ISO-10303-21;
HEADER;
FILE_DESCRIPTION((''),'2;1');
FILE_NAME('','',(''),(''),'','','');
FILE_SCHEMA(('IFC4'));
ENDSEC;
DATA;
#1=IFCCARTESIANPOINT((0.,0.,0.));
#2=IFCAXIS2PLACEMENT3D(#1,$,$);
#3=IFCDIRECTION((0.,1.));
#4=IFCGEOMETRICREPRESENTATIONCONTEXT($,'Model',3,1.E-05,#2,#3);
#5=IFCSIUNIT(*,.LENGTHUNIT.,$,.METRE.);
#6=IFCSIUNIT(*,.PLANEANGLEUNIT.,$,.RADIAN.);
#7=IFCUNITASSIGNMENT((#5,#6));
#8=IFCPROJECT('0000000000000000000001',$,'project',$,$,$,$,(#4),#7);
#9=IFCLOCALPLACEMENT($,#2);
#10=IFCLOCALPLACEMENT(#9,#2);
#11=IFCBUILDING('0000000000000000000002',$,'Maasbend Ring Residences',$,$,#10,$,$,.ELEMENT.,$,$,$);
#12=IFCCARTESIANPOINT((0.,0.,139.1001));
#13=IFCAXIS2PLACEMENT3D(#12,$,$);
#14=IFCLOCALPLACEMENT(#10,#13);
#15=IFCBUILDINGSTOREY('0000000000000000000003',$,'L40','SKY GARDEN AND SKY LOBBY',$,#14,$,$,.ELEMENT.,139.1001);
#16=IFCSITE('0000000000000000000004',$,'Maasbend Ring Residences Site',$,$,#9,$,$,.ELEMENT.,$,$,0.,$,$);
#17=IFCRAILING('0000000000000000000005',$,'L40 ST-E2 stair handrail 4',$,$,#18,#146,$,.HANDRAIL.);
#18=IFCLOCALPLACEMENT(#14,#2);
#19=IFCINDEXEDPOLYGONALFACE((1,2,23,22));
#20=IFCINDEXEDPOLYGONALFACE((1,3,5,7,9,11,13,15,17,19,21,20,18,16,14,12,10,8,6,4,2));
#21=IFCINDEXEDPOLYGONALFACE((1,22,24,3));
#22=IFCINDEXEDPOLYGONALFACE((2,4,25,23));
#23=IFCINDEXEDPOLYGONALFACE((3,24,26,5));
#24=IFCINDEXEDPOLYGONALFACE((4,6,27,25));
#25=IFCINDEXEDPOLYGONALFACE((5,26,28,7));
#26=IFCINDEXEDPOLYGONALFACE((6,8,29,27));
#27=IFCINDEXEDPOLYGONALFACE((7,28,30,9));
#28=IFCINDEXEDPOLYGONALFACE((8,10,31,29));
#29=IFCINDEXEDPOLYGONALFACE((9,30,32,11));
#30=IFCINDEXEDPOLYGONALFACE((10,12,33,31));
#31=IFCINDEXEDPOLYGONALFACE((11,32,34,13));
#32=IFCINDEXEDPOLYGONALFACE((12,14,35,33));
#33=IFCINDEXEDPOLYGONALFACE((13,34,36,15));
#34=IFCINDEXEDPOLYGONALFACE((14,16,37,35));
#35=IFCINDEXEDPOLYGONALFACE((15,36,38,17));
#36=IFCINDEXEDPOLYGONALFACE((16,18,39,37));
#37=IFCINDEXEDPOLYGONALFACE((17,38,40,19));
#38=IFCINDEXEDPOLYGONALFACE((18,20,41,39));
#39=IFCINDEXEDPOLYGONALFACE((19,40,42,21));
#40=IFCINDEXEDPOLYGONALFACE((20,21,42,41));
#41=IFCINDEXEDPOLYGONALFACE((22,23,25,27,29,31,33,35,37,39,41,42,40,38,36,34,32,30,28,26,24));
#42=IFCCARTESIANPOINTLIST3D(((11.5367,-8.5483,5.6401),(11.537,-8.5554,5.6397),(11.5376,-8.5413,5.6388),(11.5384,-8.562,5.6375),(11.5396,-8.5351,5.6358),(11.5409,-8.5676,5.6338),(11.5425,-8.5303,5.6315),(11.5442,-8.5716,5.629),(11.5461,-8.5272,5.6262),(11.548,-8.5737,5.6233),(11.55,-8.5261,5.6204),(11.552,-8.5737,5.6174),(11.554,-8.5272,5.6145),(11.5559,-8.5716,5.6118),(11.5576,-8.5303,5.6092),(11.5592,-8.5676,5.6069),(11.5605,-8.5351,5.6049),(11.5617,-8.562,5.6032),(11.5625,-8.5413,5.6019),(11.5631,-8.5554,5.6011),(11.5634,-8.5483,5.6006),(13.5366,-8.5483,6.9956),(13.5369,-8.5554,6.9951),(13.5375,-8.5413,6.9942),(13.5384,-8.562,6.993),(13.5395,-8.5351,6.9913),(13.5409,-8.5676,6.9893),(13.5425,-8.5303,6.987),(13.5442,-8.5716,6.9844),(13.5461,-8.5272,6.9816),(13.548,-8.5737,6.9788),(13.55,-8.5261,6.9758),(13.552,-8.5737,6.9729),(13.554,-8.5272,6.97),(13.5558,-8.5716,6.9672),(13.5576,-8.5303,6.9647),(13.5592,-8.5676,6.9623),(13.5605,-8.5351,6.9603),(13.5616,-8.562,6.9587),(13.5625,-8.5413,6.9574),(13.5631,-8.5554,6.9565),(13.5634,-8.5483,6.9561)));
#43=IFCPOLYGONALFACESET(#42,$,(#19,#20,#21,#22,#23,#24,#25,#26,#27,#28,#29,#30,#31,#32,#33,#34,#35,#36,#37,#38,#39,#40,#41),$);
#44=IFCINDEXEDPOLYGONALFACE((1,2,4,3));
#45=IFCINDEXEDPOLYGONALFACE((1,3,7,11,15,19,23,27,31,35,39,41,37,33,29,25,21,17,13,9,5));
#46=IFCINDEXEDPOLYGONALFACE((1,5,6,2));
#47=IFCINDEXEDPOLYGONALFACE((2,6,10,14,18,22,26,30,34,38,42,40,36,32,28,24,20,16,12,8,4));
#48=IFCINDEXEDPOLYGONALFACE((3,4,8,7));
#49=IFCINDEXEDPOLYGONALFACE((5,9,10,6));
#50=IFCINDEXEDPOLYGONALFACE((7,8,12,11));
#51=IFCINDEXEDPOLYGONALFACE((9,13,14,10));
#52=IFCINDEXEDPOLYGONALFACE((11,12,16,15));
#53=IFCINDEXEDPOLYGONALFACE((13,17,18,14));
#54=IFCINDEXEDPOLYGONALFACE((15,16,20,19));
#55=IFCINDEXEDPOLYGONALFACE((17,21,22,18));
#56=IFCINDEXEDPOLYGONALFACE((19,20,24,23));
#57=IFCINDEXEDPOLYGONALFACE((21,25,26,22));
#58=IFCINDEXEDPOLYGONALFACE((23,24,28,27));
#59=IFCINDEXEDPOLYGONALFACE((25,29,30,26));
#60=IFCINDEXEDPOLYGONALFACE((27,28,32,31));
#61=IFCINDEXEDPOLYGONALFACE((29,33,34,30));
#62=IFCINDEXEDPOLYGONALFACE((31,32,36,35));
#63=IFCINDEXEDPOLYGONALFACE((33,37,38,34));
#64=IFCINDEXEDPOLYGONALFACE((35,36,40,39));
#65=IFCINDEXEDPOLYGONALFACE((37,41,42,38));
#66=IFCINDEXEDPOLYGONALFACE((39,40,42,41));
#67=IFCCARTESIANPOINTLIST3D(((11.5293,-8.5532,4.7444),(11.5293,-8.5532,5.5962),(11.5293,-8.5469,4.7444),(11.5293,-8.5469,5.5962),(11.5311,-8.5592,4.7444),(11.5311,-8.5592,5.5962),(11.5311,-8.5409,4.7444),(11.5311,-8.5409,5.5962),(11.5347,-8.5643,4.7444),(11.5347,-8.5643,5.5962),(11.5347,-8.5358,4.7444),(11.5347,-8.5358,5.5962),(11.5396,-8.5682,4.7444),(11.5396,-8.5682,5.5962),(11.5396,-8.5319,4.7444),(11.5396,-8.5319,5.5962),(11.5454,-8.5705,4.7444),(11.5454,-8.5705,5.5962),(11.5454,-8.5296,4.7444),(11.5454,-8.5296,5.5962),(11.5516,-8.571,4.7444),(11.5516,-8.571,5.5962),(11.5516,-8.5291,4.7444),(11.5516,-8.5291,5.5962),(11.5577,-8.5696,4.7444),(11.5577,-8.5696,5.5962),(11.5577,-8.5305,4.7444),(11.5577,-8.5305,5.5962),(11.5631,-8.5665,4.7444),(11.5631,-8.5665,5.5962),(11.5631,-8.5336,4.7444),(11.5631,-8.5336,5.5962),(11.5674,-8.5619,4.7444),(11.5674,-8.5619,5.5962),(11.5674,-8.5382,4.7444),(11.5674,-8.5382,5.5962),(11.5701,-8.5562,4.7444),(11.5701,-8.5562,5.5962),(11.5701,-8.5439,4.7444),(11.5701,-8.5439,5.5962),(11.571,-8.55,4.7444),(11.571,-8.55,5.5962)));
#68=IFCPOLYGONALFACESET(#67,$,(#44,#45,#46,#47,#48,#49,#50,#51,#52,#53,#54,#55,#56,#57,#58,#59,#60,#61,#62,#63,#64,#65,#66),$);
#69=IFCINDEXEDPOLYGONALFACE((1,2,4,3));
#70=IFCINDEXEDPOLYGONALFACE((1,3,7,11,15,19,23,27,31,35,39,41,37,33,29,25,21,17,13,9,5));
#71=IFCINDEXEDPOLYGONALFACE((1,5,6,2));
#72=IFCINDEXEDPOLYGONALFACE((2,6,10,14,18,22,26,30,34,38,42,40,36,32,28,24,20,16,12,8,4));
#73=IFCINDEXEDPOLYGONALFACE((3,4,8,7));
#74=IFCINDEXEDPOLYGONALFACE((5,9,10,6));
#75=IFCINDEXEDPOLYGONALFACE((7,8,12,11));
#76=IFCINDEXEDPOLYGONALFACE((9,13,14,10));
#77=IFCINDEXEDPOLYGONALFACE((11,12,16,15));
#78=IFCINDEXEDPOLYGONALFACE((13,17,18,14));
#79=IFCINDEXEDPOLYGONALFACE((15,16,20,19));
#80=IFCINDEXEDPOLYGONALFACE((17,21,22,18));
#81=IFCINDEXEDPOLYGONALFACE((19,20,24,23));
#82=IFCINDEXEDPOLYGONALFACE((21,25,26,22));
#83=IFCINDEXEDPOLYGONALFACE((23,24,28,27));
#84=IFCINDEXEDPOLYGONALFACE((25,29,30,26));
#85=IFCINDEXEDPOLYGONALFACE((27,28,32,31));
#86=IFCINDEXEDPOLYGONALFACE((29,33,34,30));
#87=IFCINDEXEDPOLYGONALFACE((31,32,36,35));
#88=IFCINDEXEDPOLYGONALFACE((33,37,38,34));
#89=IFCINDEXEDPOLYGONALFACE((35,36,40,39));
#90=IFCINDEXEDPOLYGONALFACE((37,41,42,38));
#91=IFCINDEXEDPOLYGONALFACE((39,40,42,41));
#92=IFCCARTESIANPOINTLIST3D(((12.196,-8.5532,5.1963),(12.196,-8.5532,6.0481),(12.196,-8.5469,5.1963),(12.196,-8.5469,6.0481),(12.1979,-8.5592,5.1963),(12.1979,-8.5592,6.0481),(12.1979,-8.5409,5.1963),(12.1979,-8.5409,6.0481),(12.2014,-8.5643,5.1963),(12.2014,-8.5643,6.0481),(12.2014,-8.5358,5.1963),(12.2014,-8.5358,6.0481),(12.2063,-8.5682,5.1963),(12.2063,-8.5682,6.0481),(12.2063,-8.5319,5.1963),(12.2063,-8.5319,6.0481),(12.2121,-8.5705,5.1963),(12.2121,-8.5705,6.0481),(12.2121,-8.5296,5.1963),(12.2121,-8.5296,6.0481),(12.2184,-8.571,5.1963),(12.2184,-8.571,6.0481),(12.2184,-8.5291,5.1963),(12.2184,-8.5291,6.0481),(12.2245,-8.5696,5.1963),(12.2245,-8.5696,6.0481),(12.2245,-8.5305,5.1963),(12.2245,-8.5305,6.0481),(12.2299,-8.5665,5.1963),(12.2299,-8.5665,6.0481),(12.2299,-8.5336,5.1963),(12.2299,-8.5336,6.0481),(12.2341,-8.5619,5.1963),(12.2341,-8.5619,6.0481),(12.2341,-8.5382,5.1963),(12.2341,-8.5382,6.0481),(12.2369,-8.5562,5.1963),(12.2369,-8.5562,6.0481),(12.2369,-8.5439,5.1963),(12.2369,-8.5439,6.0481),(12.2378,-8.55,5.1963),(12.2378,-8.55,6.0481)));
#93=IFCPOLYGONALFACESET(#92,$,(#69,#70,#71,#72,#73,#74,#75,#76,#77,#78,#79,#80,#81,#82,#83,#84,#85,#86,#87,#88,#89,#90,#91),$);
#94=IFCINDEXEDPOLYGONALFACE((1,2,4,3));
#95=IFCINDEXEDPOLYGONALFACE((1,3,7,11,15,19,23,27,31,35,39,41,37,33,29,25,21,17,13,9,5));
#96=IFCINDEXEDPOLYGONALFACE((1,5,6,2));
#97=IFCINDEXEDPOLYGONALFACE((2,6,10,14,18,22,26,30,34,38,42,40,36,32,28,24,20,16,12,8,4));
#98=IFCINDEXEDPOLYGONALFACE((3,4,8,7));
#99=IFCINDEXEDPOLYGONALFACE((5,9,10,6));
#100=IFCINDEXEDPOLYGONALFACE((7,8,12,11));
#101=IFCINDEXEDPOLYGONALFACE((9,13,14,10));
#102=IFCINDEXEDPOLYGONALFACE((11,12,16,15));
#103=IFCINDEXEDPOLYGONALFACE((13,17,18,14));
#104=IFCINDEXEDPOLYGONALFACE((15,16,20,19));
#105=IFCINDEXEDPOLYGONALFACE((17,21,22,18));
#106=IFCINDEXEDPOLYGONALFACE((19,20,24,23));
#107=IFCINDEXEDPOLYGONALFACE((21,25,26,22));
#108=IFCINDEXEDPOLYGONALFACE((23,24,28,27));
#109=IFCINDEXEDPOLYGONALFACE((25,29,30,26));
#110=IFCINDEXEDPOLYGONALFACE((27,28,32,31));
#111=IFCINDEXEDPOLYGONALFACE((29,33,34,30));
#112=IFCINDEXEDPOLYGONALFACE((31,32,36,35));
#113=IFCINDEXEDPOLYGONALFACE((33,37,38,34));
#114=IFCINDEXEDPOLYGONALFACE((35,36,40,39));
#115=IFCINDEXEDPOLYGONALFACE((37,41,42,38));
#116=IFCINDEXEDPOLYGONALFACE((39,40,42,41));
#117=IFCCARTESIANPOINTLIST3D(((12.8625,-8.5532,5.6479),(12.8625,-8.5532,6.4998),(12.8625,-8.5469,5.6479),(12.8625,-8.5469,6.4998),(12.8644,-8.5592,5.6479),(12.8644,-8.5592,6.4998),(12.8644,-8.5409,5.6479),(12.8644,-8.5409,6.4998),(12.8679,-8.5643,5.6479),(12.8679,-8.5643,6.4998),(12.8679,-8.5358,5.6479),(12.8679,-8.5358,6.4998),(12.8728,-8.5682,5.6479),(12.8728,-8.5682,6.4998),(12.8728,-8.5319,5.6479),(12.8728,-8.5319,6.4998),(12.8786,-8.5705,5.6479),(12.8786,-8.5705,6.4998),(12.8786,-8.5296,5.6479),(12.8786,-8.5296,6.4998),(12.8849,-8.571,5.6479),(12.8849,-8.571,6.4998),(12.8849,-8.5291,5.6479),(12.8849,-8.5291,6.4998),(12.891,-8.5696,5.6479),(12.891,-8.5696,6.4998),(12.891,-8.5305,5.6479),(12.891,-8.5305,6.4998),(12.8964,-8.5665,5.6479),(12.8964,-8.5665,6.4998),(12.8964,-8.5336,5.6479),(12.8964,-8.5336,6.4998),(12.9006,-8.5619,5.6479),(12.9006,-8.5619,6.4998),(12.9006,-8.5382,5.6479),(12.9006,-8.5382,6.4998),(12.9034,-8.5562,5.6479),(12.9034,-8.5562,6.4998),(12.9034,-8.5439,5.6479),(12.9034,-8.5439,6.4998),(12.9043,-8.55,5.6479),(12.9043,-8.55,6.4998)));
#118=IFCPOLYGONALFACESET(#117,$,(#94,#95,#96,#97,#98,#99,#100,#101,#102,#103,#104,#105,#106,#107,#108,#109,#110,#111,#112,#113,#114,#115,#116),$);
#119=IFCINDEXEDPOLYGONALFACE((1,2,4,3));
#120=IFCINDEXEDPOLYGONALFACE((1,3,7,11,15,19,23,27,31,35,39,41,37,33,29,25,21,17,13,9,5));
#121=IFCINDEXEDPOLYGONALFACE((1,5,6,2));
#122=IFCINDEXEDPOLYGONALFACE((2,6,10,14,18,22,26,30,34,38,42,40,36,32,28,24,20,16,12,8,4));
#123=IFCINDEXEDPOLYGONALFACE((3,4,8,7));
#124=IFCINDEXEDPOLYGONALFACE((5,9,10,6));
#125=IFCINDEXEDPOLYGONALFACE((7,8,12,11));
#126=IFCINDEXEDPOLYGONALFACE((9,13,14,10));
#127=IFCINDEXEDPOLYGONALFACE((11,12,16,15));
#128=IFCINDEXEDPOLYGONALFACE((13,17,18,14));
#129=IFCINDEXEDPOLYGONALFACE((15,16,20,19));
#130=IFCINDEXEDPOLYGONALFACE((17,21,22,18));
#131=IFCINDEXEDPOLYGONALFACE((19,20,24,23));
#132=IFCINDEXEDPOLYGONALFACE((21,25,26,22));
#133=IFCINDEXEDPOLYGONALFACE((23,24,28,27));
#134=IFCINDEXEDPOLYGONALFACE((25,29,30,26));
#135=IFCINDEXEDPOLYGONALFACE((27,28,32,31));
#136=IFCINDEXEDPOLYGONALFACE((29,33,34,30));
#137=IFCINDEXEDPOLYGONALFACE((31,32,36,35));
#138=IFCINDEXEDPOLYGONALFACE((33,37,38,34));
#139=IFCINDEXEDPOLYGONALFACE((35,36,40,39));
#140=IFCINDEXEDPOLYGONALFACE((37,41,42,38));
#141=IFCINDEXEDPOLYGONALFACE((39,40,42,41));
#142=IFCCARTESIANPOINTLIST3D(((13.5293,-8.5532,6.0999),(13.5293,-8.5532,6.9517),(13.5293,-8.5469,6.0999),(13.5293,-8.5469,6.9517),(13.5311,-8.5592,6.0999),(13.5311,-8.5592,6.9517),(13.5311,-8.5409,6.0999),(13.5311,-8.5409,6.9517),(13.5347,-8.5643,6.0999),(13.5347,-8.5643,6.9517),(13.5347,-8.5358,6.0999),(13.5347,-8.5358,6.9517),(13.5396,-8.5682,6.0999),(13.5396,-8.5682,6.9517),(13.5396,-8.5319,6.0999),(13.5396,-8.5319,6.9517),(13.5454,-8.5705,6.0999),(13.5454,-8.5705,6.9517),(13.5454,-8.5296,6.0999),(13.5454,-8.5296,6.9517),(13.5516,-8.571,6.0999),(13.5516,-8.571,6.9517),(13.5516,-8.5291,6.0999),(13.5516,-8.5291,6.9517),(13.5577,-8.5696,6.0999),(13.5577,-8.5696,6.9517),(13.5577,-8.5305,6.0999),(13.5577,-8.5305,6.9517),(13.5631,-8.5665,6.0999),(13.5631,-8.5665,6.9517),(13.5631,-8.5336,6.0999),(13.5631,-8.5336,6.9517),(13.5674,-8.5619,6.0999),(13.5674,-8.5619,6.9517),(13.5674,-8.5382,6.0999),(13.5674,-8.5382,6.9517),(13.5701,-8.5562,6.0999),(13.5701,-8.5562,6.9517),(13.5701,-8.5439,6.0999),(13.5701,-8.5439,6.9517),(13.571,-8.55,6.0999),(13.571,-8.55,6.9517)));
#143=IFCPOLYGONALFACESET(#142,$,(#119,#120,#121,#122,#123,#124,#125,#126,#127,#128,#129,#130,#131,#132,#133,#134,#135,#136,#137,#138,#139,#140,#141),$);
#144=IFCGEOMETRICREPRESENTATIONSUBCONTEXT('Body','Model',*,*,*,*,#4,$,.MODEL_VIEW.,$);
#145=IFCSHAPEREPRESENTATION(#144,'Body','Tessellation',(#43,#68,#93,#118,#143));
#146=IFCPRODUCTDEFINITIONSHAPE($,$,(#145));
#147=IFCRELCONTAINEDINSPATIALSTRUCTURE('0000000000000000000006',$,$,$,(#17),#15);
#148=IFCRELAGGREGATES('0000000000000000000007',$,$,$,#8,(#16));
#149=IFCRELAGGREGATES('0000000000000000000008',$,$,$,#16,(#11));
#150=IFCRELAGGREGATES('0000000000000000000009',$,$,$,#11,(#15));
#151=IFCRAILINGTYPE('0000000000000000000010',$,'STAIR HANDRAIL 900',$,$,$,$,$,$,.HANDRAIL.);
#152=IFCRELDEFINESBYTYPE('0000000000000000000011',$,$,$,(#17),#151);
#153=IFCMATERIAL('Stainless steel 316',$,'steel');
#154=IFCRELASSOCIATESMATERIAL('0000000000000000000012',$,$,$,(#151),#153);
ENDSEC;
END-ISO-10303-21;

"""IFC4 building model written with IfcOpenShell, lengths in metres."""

from ifc_helpers import new_model, si_unit, direction, frame, origin, origin_2d, place, context, subcontext, project, spatial, circle, extrude, material, type_object, element, save


model = new_model("IFC4")

# Units and contexts
model_context = context("Model", 3, precision=1e-05, world=origin(), true_north=direction((0.0, 1.0)))
body_context = subcontext(model_context, "Body", "Model", "MODEL_VIEW")
ifc_project = project(units=[si_unit("LENGTHUNIT", "METRE"), si_unit("PLANEANGLEUNIT", "RADIAN")], contexts=[model_context])

# Site, building, storey
site_placement = place(None, origin())
site = spatial("IfcSite", under=ifc_project, at=site_placement, Name="Maasbend Ring Residences Site", CompositionType="ELEMENT", RefElevation=0.0)
building_placement = place(site_placement, origin())
building = spatial("IfcBuilding", under=site, at=building_placement, Name="Maasbend Ring Residences", CompositionType="ELEMENT")
storey_placement = place(building_placement, frame((0.0, 0.0, 139.1001)))
storey = spatial("IfcBuildingStorey", under=building, at=storey_placement, Name="L40", Description="SKY GARDEN AND SKY LOBBY", CompositionType="ELEMENT", Elevation=139.1001)

# Railing
ifc_material_1 = material(Name="Stainless steel 316", Category="steel")
railing_type = type_object("IfcRailingType", Name="STAIR HANDRAIL 900", PredefinedType="HANDRAIL", material=ifc_material_1)
for number, where, name in (
    (1, (11.55, -8.55, 4.7444), "L40 ST-E2 stair handrail 4"),
):
    element("IfcRailing", number, at=place(storey_placement, frame(where)), inside=storey, type_object=railing_type, Name=name, PredefinedType="HANDRAIL", context=body_context, shape_type="SweptSolid", body=[
        extrude(circle(Radius=0.0239, at=origin_2d()), frame((0.0, 0.0, 0.876), z_axis=(0.827798, 0.0, 0.561027), x_axis=(0.0, 1.0, 0.0)), (0.0, 0.0, 1.0), 2.416),
        extrude(circle(Radius=0.021, at=origin_2d()), origin(), (0.0, 0.0, 1.0), 0.8518),
        extrude(circle(Radius=0.021, at=origin_2d()), frame((0.6667, 0.0, 0.4519)), (0.0, 0.0, 1.0), 0.8518),
        extrude(circle(Radius=0.021, at=origin_2d()), frame((1.3333, 0.0, 0.9036)), (0.0, 0.0, 1.0), 0.8518),
        extrude(circle(Radius=0.021, at=origin_2d()), frame((2.0, 0.0, 1.3555)), (0.0, 0.0, 1.0), 0.8518),
    ])

save(model, "model.ifc")
